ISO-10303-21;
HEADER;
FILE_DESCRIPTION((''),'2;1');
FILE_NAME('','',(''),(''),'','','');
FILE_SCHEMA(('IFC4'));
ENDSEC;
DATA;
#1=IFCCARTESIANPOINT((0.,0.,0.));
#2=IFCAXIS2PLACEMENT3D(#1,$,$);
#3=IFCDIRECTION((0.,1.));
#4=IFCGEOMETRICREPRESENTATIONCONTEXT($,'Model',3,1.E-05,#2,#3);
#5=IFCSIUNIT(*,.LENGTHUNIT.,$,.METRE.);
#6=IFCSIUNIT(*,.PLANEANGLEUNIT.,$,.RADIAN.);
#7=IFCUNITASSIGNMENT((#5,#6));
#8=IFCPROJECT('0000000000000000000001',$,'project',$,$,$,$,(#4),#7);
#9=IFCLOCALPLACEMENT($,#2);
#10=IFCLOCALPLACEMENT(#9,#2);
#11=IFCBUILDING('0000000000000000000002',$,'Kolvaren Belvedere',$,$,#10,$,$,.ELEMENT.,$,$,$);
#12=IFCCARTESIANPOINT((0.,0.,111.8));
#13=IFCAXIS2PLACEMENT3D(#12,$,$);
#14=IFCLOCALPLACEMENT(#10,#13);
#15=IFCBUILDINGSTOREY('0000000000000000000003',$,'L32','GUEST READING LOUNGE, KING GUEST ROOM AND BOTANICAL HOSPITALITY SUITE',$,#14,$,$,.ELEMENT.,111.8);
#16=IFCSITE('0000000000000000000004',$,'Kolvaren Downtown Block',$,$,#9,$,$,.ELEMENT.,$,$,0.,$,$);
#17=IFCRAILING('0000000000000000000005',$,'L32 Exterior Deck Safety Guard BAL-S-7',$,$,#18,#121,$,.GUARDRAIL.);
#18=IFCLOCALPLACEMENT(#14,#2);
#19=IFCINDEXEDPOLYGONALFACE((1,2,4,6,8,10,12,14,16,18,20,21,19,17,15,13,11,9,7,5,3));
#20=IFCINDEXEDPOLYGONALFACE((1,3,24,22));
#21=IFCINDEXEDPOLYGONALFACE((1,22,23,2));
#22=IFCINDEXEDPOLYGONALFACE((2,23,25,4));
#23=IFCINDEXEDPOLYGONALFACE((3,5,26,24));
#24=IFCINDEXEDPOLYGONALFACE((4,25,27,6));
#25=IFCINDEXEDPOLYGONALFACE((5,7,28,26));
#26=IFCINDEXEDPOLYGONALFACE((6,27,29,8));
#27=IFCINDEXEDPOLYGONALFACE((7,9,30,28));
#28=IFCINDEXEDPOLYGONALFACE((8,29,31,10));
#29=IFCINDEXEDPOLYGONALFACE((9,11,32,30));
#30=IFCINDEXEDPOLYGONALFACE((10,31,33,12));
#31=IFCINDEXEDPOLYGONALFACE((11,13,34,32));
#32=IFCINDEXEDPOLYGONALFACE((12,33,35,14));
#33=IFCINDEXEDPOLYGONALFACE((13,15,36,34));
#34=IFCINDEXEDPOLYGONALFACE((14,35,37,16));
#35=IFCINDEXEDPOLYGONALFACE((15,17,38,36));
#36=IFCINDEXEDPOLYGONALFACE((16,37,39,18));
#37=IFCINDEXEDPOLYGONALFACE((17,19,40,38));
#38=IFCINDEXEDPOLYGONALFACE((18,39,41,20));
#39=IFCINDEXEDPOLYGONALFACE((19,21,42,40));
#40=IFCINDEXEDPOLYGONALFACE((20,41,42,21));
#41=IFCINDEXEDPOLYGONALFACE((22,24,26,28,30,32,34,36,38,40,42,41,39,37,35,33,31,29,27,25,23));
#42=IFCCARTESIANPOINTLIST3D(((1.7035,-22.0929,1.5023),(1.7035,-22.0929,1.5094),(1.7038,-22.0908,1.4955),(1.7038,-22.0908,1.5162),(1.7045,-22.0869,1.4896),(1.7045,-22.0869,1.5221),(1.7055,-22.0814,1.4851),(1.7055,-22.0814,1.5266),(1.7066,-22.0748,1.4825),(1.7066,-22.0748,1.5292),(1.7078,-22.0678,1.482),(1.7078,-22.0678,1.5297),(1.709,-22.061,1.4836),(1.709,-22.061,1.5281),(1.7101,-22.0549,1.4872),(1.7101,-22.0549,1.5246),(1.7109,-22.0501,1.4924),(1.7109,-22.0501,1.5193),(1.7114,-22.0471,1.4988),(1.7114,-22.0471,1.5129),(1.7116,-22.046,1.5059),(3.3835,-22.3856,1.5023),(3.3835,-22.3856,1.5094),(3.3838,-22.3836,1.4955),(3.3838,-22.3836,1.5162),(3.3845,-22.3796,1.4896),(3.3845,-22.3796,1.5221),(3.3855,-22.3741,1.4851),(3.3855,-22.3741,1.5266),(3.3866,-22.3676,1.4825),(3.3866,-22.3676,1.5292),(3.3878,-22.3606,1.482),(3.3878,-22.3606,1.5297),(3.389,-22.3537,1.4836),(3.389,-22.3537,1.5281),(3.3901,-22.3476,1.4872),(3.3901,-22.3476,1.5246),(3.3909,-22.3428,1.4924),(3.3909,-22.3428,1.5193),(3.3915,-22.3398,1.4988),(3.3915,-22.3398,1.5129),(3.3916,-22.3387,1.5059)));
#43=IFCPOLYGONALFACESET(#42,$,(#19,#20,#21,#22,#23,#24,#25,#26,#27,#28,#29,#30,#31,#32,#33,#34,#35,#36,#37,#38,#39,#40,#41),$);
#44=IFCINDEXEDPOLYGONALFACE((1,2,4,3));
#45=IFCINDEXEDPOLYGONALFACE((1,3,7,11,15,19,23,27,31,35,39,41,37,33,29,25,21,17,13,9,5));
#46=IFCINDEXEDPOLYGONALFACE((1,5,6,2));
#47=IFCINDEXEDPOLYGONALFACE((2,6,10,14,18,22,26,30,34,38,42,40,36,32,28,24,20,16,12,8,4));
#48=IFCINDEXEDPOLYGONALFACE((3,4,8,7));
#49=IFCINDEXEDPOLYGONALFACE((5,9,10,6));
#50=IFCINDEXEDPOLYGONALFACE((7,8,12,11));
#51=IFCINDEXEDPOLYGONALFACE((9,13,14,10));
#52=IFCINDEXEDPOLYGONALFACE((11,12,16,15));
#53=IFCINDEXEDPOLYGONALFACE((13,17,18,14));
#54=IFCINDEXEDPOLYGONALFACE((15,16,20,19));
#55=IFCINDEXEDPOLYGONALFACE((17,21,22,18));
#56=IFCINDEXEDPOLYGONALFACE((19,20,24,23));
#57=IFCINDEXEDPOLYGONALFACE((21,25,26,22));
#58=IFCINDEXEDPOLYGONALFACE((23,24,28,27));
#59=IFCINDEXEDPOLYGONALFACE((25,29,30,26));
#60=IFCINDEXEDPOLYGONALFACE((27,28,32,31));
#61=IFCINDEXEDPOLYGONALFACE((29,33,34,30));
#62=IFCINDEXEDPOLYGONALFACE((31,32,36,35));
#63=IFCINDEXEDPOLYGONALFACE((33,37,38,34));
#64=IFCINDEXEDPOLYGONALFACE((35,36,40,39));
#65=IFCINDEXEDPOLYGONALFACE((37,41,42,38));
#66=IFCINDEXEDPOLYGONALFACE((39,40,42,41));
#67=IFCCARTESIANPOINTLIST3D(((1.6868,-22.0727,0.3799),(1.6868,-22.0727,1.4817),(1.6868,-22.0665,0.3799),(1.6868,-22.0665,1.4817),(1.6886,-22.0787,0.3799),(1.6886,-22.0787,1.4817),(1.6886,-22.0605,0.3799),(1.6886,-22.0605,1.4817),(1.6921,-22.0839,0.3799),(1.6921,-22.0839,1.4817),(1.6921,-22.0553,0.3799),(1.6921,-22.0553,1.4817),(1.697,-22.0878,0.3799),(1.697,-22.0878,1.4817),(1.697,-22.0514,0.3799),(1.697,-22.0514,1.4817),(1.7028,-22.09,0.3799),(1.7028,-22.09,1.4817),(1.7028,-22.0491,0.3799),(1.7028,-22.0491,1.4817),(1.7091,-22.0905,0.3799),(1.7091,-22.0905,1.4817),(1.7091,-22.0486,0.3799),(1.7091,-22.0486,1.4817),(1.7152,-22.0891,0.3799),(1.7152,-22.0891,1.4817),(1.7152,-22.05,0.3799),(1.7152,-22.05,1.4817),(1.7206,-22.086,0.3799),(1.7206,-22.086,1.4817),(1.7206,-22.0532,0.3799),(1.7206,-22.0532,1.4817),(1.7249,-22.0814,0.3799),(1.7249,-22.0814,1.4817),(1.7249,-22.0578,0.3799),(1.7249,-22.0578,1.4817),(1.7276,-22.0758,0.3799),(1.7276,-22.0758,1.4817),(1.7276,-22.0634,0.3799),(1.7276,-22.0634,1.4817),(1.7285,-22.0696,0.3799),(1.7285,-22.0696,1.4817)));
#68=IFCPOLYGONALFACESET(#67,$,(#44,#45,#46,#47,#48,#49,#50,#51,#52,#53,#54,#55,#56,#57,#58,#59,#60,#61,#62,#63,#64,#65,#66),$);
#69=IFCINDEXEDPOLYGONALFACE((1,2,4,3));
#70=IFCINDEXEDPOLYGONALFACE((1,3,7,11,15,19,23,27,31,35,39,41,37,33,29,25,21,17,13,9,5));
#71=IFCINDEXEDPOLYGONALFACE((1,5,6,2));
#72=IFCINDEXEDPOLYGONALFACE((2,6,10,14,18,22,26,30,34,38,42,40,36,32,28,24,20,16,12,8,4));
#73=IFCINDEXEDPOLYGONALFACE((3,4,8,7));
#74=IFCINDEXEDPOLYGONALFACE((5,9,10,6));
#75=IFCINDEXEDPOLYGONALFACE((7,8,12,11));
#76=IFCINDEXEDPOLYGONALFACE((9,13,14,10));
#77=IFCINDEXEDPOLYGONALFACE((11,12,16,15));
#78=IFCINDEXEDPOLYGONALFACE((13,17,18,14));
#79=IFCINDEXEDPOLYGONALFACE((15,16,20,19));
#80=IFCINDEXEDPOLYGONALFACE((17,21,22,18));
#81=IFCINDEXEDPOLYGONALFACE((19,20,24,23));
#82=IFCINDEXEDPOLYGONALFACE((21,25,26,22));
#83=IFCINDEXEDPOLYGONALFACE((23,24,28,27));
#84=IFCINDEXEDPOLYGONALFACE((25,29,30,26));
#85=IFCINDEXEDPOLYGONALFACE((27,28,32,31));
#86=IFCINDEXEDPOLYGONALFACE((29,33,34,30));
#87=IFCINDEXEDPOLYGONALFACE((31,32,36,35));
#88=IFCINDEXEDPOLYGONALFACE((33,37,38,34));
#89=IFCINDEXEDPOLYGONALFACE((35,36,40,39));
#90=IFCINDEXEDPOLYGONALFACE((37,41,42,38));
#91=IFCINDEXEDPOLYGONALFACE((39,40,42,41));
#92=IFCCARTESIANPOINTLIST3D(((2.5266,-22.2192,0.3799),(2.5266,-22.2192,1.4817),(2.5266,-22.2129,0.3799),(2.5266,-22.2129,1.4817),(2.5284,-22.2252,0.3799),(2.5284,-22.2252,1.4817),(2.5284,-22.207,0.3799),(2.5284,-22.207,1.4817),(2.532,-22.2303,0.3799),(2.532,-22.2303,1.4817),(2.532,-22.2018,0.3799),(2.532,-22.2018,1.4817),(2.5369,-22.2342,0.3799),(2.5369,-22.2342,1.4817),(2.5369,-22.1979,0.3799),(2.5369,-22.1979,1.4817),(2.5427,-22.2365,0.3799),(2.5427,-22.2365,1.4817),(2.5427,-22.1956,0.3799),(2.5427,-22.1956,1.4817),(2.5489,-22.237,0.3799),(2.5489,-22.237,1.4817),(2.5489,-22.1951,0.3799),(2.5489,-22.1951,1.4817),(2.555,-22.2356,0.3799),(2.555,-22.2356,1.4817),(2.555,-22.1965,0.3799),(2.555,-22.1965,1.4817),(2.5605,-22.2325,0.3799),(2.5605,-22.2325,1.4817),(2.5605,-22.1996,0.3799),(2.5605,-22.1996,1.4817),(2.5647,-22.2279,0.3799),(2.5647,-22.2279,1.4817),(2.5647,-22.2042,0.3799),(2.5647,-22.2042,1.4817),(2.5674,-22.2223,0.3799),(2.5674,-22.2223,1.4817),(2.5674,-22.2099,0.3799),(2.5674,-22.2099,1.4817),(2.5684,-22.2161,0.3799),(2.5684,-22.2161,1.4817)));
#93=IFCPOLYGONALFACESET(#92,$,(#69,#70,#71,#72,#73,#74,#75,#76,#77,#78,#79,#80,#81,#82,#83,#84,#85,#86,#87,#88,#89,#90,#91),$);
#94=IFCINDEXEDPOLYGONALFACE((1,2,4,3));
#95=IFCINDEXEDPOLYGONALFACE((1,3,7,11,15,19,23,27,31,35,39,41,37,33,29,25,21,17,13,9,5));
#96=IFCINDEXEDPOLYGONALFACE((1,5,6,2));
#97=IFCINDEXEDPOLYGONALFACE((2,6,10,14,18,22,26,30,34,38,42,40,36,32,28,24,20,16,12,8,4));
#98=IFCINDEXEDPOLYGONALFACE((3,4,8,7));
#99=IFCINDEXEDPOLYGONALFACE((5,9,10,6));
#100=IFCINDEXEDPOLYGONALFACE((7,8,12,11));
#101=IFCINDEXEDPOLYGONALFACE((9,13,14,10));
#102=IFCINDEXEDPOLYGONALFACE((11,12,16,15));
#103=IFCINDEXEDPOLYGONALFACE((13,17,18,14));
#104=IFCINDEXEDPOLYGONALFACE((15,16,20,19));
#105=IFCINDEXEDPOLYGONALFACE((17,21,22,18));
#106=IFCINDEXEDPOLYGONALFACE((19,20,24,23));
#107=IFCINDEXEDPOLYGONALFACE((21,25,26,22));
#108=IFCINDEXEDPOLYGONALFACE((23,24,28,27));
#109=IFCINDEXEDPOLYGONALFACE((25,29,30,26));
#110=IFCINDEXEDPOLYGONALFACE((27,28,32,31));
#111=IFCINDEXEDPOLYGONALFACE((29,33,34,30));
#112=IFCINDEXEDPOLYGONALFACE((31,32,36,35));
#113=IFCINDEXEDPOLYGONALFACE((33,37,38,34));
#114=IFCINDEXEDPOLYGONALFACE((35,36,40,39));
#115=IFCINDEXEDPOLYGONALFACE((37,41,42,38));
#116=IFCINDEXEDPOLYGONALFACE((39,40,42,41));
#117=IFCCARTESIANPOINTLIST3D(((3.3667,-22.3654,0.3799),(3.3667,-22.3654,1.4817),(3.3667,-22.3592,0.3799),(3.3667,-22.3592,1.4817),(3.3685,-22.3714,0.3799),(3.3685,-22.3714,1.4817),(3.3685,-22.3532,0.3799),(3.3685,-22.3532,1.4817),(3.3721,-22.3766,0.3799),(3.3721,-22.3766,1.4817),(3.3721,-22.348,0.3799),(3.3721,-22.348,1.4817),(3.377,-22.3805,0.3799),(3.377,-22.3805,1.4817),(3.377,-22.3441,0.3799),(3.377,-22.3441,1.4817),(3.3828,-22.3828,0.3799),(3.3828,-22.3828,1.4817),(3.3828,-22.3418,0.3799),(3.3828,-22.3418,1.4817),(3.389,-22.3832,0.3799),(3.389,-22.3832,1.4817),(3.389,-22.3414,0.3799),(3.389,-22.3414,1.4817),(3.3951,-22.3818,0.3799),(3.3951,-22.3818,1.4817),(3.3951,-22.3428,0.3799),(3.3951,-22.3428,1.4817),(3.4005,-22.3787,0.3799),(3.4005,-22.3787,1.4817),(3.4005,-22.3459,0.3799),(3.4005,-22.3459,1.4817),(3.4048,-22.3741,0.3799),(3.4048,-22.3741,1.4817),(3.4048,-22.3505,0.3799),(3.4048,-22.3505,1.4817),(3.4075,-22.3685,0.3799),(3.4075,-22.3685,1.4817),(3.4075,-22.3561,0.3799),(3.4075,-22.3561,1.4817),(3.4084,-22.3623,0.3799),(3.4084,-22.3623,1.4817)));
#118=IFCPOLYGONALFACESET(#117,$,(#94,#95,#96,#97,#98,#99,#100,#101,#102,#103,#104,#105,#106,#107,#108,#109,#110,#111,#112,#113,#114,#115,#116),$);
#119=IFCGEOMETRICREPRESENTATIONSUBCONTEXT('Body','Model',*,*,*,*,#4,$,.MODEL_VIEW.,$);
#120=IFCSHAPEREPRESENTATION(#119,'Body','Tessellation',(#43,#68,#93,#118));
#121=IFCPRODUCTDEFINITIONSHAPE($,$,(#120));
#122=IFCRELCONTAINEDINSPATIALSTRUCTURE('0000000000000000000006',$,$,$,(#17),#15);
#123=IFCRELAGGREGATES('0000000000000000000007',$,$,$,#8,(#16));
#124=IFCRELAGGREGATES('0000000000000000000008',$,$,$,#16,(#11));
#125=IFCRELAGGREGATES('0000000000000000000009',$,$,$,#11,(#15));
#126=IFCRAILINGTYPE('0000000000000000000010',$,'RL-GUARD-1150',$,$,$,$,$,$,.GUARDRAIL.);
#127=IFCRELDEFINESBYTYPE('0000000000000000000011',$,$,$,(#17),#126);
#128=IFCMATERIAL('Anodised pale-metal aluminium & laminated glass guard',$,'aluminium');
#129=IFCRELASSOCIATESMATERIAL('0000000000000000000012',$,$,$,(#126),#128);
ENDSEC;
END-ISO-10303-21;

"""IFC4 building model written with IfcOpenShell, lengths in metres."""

from ifc_helpers import new_model, si_unit, direction, frame, origin, origin_2d, place, context, subcontext, project, spatial, circle, extrude, material, type_object, element, save


model = new_model("IFC4")

# Units and contexts
model_context = context("Model", 3, precision=1e-05, world=origin(), true_north=direction((0.0, 1.0)))
body_context = subcontext(model_context, "Body", "Model", "MODEL_VIEW")
ifc_project = project(units=[si_unit("LENGTHUNIT", "METRE"), si_unit("PLANEANGLEUNIT", "RADIAN")], contexts=[model_context])

# Site, building, storey
site_placement = place(None, origin())
site = spatial("IfcSite", under=ifc_project, at=site_placement, Name="Kolvaren Downtown Block", CompositionType="ELEMENT", RefElevation=0.0)
building_placement = place(site_placement, origin())
building = spatial("IfcBuilding", under=site, at=building_placement, Name="Kolvaren Belvedere", CompositionType="ELEMENT")
storey_placement = place(building_placement, frame((0.0, 0.0, 111.8)))
storey = spatial("IfcBuildingStorey", under=building, at=storey_placement, Name="L32", Description="GUEST READING LOUNGE, KING GUEST ROOM AND BOTANICAL HOSPITALITY SUITE", CompositionType="ELEMENT", Elevation=111.8)

# Railing
ifc_material_1 = material(Name="Anodised pale-metal aluminium & laminated glass guard", Category="aluminium")
railing_type = type_object("IfcRailingType", Name="RL-GUARD-1150", PredefinedType="GUARDRAIL", material=ifc_material_1)
railing_1_placement = place(storey_placement, frame((1.7075, -22.0696, 0.3799)))
element("IfcRailing", 1, at=railing_1_placement, inside=storey, type_object=railing_type, Name="L32 Exterior Deck Safety Guard BAL-S-7", PredefinedType="GUARDRAIL", context=body_context, shape_type="SweptSolid", body=[
    extrude(circle(Radius=0.0239, at=origin_2d()), frame((0.0, 0.0, 1.126), z_axis=(0.985156, -0.171661, 0.0), x_axis=(0.171661, 0.985156, 0.0)), (0.0, 0.0, 1.0), 1.7053),
    extrude(circle(Radius=0.021, at=origin_2d()), origin(), (0.0, 0.0, 1.0), 1.1018),
    extrude(circle(Radius=0.021, at=origin_2d()), frame((0.8398, -0.1465, 0.0)), (0.0, 0.0, 1.0), 1.1018),
    extrude(circle(Radius=0.021, at=origin_2d()), frame((1.6799, -0.2927, 0.0)), (0.0, 0.0, 1.0), 1.1018),
])

save(model, "model.ifc")
